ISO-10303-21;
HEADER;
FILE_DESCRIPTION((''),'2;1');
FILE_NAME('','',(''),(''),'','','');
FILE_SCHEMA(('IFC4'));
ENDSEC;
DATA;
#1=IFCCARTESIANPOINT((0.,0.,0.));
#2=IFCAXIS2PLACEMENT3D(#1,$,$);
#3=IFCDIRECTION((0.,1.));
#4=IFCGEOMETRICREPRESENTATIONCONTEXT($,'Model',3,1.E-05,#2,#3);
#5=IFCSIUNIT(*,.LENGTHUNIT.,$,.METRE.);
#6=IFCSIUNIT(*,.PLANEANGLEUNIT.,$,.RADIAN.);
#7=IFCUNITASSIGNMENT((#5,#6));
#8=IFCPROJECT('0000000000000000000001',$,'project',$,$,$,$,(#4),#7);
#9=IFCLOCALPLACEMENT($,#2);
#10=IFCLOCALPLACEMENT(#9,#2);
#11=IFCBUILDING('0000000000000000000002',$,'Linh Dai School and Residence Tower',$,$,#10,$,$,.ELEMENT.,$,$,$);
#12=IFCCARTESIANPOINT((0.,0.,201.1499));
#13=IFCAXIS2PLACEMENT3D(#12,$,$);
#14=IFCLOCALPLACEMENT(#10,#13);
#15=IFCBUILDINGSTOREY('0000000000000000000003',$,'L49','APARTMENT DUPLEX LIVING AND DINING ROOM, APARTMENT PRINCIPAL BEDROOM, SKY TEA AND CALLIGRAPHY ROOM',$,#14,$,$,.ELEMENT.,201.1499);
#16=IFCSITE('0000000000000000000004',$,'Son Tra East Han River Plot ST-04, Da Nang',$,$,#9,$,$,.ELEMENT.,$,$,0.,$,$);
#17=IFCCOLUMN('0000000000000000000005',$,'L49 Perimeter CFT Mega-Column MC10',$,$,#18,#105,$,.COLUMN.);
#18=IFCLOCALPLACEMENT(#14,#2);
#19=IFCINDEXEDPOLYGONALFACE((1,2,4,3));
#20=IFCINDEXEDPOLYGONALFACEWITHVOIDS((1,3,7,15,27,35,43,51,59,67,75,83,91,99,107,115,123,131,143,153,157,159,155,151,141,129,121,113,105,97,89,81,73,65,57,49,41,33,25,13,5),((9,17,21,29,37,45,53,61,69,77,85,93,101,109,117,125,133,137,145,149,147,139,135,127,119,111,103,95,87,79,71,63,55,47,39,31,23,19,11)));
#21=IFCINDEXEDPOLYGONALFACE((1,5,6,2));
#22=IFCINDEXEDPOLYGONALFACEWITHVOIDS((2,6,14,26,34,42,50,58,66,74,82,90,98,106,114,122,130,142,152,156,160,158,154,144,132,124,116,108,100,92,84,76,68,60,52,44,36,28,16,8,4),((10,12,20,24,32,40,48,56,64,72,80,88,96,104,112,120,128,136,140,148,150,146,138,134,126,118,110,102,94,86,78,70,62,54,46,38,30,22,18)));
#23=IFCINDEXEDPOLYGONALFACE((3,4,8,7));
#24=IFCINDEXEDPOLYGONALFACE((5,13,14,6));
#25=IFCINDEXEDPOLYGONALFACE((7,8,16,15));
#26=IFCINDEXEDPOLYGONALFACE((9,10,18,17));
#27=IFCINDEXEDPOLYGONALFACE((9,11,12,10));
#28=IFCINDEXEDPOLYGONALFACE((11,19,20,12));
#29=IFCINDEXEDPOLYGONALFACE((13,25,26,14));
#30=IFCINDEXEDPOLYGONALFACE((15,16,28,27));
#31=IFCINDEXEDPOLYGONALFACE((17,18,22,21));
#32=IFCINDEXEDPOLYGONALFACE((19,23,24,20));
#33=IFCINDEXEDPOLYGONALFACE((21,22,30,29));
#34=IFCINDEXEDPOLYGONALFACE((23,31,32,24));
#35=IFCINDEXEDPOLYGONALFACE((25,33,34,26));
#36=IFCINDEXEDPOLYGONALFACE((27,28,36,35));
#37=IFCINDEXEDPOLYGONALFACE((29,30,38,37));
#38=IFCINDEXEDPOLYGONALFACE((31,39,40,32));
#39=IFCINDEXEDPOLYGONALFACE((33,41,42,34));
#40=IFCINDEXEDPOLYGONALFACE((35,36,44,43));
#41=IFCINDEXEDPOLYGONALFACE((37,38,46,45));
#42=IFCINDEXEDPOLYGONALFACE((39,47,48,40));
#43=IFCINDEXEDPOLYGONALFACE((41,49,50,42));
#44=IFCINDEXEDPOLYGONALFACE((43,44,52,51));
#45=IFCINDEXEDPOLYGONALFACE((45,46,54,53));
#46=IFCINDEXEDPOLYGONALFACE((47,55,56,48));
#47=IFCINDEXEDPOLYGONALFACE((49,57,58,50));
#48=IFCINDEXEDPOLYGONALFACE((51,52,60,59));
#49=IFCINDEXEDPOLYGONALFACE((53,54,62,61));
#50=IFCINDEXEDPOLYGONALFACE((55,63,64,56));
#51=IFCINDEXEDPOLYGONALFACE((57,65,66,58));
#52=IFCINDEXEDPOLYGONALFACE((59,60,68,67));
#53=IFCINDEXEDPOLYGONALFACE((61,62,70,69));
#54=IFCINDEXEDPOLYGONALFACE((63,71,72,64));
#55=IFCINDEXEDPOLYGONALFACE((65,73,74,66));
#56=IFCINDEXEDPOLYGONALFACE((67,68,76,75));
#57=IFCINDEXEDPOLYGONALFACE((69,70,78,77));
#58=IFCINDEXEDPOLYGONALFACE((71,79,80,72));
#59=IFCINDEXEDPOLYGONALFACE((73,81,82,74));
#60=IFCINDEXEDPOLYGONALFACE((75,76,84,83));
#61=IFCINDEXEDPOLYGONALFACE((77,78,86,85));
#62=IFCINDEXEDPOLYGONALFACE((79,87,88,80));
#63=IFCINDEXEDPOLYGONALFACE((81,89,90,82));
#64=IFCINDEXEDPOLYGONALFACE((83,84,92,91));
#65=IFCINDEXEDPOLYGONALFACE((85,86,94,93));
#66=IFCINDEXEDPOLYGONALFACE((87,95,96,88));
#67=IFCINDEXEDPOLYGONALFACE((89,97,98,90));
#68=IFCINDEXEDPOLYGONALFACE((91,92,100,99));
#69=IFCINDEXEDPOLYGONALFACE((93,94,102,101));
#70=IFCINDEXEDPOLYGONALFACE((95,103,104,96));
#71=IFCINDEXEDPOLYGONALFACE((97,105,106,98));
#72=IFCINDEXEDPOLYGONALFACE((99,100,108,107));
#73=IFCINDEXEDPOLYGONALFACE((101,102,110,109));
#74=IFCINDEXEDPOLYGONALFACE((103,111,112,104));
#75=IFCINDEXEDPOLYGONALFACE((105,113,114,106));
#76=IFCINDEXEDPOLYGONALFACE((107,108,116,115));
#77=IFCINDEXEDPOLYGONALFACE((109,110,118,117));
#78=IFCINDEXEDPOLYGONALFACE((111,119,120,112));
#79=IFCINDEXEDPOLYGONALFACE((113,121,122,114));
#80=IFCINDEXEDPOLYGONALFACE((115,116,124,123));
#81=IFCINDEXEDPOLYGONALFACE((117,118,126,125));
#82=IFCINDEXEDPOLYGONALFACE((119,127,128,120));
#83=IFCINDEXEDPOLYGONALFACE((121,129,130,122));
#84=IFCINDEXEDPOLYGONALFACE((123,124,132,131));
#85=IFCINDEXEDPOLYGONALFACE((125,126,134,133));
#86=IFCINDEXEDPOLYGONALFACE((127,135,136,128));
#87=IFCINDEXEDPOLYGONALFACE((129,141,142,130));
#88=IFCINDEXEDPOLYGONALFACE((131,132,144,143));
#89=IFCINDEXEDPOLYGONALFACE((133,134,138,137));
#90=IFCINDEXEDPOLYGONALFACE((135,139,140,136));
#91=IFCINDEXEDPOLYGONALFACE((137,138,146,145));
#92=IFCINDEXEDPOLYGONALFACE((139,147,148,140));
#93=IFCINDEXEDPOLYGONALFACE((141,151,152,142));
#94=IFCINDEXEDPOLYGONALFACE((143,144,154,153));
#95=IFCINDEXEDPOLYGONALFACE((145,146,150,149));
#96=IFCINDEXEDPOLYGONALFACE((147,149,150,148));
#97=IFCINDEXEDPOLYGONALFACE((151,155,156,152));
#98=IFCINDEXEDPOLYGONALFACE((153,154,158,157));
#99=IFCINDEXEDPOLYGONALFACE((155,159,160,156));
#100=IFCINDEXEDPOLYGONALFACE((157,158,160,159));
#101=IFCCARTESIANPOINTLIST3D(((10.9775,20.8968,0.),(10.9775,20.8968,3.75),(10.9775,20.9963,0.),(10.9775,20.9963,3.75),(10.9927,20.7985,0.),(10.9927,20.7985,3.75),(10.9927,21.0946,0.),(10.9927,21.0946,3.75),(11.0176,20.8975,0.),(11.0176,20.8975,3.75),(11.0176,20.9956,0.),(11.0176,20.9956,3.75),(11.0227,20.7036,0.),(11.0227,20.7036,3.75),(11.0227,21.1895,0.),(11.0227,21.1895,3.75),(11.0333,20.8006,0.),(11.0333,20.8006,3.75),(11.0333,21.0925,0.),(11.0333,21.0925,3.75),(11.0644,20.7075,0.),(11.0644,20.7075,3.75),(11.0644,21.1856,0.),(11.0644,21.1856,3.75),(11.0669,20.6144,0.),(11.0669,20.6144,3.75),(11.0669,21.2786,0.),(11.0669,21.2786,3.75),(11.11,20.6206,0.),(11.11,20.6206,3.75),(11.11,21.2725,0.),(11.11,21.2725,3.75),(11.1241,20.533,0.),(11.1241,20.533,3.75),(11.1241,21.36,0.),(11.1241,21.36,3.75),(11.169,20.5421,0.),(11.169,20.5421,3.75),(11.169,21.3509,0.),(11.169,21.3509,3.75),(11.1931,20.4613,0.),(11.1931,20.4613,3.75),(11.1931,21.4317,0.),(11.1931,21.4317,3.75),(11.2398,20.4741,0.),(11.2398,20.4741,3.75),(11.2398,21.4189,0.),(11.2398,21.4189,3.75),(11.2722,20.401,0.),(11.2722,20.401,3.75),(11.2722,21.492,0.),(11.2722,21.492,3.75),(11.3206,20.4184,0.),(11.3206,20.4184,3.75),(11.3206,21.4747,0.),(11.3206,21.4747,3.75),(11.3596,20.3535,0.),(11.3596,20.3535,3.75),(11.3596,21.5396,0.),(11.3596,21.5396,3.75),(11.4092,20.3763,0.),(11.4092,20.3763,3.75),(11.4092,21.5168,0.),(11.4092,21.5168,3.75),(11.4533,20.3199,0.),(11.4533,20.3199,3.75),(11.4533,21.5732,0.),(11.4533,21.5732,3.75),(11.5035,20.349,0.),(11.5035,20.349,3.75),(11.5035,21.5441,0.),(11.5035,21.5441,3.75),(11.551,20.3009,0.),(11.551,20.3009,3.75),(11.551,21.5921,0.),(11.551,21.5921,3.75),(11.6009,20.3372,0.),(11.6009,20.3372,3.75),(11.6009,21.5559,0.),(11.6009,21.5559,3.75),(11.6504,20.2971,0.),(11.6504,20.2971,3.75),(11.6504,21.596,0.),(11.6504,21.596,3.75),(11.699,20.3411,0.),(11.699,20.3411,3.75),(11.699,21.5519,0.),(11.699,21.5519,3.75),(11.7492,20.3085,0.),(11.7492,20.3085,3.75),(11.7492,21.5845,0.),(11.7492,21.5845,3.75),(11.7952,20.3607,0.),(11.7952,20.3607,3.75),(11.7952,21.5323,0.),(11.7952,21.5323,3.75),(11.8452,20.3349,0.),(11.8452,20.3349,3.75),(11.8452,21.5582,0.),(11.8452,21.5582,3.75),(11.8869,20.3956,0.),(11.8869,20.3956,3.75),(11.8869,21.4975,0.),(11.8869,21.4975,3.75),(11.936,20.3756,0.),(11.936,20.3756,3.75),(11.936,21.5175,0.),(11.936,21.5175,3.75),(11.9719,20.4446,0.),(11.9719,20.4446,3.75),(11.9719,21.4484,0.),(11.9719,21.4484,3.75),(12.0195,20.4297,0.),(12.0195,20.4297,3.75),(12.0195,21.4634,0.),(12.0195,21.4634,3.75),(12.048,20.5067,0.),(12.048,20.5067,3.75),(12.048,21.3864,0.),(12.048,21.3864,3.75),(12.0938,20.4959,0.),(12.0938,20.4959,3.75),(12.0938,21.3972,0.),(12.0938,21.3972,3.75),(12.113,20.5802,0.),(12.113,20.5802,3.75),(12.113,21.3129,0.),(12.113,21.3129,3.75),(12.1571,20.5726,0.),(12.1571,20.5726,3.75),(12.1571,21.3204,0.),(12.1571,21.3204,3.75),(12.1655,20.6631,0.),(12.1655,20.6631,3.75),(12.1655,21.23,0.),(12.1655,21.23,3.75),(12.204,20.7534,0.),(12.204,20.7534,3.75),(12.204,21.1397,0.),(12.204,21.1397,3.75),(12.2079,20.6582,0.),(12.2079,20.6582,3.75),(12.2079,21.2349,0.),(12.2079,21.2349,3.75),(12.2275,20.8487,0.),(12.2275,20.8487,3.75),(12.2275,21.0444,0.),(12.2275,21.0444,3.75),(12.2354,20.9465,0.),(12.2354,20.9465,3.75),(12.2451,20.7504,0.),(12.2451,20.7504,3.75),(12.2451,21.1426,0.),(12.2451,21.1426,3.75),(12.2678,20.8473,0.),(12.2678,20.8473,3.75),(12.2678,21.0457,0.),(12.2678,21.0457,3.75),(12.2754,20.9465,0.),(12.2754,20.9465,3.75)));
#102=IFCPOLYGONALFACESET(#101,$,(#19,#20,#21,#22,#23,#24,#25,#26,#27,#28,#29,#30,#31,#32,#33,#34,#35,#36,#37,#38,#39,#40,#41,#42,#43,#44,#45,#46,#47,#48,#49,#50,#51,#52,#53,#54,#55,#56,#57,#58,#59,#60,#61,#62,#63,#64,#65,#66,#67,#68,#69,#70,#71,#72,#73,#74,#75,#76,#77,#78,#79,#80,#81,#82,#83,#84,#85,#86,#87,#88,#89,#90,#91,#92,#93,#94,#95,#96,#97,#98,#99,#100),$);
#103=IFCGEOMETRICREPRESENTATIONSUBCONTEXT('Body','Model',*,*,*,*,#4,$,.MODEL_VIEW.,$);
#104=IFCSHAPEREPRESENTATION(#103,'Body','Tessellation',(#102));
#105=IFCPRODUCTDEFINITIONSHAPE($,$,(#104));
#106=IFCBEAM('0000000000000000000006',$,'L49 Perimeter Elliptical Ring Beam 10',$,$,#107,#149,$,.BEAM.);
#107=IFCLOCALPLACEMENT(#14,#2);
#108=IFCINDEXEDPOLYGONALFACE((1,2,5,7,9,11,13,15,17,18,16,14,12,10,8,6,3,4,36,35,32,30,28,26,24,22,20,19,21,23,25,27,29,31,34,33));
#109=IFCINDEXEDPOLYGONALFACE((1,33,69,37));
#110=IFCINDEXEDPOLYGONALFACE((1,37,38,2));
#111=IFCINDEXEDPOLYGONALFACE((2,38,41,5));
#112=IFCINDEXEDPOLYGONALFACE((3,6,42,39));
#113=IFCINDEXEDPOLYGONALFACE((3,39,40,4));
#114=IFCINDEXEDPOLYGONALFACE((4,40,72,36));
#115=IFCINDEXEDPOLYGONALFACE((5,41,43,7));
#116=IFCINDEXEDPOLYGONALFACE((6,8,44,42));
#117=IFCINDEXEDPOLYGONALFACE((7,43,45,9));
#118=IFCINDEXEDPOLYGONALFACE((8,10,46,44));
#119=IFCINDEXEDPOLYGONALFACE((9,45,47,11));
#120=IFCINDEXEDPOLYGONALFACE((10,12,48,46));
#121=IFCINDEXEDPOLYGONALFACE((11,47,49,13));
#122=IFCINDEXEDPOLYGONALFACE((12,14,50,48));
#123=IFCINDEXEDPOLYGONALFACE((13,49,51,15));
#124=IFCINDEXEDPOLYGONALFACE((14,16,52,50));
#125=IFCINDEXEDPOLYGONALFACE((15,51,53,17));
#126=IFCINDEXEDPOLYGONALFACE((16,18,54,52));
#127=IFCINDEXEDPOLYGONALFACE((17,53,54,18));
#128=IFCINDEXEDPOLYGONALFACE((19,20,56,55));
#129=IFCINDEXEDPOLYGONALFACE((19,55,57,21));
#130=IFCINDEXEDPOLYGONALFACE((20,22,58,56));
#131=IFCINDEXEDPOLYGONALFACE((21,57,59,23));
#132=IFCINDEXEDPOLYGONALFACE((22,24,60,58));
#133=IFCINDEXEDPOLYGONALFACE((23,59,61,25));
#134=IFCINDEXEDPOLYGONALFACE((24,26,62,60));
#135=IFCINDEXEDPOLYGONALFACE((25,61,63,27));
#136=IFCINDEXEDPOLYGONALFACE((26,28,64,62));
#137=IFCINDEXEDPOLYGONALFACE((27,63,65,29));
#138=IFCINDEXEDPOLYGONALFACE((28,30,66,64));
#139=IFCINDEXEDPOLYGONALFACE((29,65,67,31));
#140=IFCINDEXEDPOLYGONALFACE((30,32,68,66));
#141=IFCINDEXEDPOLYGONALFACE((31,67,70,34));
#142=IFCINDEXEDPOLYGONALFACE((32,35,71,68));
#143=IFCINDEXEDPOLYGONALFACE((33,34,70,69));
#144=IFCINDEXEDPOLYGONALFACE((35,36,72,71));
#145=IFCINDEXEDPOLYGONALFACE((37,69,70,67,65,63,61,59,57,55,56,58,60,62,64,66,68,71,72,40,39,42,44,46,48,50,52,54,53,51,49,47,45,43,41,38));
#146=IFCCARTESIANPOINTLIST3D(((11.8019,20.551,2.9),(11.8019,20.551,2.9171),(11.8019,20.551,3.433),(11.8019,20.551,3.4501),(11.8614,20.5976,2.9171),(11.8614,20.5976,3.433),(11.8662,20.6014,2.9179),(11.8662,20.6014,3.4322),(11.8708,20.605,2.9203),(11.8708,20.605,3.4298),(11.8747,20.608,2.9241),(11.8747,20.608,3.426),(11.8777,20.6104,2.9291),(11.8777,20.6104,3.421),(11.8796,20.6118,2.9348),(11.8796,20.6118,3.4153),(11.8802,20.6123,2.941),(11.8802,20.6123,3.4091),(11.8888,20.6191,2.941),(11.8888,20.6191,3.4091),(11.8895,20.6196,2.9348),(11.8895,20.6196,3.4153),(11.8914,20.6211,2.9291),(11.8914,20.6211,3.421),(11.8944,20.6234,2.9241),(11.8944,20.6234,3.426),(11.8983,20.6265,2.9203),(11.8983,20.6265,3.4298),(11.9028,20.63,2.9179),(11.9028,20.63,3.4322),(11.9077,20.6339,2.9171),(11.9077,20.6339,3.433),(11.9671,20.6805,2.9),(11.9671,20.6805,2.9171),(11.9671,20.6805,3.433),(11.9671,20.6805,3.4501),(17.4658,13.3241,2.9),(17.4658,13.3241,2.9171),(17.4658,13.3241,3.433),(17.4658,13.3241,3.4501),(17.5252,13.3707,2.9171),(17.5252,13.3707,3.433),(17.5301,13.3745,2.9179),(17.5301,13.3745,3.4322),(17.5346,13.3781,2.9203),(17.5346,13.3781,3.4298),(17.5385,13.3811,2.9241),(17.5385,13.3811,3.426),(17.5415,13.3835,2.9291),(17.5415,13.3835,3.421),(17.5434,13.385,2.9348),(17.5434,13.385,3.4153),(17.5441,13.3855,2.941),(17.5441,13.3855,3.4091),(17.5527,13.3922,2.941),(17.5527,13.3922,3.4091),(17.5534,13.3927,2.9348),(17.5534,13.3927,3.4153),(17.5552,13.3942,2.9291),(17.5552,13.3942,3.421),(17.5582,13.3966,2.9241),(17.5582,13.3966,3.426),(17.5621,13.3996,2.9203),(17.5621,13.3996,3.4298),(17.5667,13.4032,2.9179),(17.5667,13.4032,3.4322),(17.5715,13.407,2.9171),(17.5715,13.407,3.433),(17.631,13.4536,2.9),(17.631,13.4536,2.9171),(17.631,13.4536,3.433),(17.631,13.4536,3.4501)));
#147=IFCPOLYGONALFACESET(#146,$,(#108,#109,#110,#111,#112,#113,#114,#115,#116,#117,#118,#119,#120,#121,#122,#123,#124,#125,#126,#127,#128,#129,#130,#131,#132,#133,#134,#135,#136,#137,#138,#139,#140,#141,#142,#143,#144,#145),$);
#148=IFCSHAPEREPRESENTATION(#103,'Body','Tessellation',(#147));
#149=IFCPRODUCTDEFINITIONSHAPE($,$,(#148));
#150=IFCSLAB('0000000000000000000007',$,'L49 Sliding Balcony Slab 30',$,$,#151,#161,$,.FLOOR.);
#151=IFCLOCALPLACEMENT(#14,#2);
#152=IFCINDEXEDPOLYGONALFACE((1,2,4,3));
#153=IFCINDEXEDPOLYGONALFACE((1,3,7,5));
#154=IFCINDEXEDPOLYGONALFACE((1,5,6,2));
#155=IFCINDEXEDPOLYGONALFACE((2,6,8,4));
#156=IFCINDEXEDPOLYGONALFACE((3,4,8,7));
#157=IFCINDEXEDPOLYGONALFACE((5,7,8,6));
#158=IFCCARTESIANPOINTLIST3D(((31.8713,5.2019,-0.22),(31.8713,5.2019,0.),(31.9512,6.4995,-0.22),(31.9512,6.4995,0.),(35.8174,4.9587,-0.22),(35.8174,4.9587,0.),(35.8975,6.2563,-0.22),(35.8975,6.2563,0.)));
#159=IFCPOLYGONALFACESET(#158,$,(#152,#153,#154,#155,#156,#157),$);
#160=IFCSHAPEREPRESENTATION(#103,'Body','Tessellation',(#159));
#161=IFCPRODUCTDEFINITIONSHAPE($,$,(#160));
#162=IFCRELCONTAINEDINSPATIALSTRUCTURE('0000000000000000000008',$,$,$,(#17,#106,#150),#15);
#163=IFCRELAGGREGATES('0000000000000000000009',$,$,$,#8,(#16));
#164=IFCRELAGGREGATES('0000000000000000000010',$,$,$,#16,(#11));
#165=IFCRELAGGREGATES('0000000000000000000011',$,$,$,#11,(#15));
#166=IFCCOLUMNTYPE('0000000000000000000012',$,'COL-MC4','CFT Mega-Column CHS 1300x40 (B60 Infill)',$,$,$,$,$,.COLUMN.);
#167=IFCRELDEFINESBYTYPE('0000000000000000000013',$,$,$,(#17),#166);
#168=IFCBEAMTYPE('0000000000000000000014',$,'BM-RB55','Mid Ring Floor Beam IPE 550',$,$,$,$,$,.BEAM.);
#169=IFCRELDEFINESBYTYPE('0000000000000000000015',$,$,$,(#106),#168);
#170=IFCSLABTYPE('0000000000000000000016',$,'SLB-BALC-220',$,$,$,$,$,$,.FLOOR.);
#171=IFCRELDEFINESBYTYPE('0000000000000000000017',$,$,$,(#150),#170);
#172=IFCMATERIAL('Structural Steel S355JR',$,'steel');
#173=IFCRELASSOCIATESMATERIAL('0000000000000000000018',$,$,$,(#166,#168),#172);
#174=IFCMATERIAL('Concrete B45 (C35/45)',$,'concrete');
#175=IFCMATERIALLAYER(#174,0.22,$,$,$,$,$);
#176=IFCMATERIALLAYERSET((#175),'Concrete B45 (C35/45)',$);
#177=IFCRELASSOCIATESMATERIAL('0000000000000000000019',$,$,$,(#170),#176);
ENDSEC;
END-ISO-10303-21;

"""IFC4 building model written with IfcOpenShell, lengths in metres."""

from ifc_helpers import new_model, si_unit, direction, frame, origin, origin_2d, place, context, subcontext, project, spatial, polyline, hollow_circle, i_section, outline, extrude, material, layer, layer_set, material_profile, profile_set, type_object, element, save


model = new_model("IFC4")

# Units and contexts
model_context = context("Model", 3, precision=1e-05, world=origin(), true_north=direction((0.0, 1.0)))
body_context = subcontext(model_context, "Body", "Model", "MODEL_VIEW")
ifc_project = project(units=[si_unit("LENGTHUNIT", "METRE"), si_unit("PLANEANGLEUNIT", "RADIAN")], contexts=[model_context])

# Site, building, storey
site_placement = place(None, origin())
site = spatial("IfcSite", under=ifc_project, at=site_placement, Name="Son Tra East Han River Plot ST-04, Da Nang", CompositionType="ELEMENT", RefElevation=0.0)
building_placement = place(site_placement, origin())
building = spatial("IfcBuilding", under=site, at=building_placement, Name="Linh Dai School and Residence Tower", CompositionType="ELEMENT")
storey_placement = place(building_placement, frame((0.0, 0.0, 201.1499)))
storey = spatial("IfcBuildingStorey", under=building, at=storey_placement, Name="L49", Description="APARTMENT DUPLEX LIVING AND DINING ROOM, APARTMENT PRINCIPAL BEDROOM, SKY TEA AND CALLIGRAPHY ROOM", CompositionType="ELEMENT", Elevation=201.1499)

# Column
ifc_material_1 = material(Name="Structural Steel S355JR", Category="steel")
ifc_material_profile_1 = material_profile(ifc_material_1, hollow_circle(Radius=0.6499, WallThickness=0.04, at=origin_2d()), Name="CHS 1300x40")
ifc_profile_set_1 = profile_set([ifc_material_profile_1], Name="Structural Steel S355JR")
column_type = type_object("IfcColumnType", Name="COL-MC4", Description="CFT Mega-Column CHS 1300x40 (B60 Infill)", PredefinedType="COLUMN", material=ifc_profile_set_1)
column_placement = place(storey_placement, frame((11.6255, 20.9465, 0.0), z_axis=(0.0, 0.0, 1.0), x_axis=(1.0, 0.0, 0.0)))
element("IfcColumn", 1, at=column_placement, inside=storey, type_object=column_type, Name="L49 Perimeter CFT Mega-Column MC10", PredefinedType="COLUMN", context=body_context, shape_type="SweptSolid", body=[
    extrude(hollow_circle(Radius=0.6499, WallThickness=0.04, at=origin_2d()), origin(), (0.0, 0.0, 1.0), 3.75),
])

# Beam
ifc_material_profile_2 = material_profile(ifc_material_1, i_section(OverallWidth=0.21, OverallDepth=0.55, WebThickness=0.011, FlangeThickness=0.0171, FilletRadius=0.0239, at=origin_2d()), Name="IPE 550")
ifc_profile_set_2 = profile_set([ifc_material_profile_2], Name="Structural Steel S355JR")
beam_type = type_object("IfcBeamType", Name="BM-RB55", Description="Mid Ring Floor Beam IPE 550", PredefinedType="BEAM", material=ifc_profile_set_2)
beam_placement = place(storey_placement, frame((11.8845, 20.6157, 3.175), z_axis=(0.616852, -0.787079, 0.0), x_axis=(0.787079, 0.616852, 0.0)))
element("IfcBeam", 2, at=beam_placement, inside=storey, type_object=beam_type, Name="L49 Perimeter Elliptical Ring Beam 10", PredefinedType="BEAM", context=body_context, shape_type="SweptSolid", body=[
    extrude(i_section(OverallWidth=0.21, OverallDepth=0.55, WebThickness=0.011, FlangeThickness=0.0171, FilletRadius=0.0239, at=origin_2d()), origin(), (0.0, 0.0, 1.0), 9.1819),
])

# Slab
ifc_material_2 = material(Name="Concrete B45 (C35/45)", Category="concrete")
ifc_layer_1 = layer(ifc_material_2, 0.22)
ifc_layer_set_1 = layer_set([ifc_layer_1], Name="Concrete B45 (C35/45)")
slab_type_1 = type_object("IfcSlabType", Name="SLB-BALC-220", PredefinedType="FLOOR", material=ifc_layer_set_1)
slab_1_placement = place(storey_placement, frame((0.0, 0.0, -0.22)))
element("IfcSlab", 3, at=slab_1_placement, inside=storey, type_object=slab_type_1, Name="L49 Sliding Balcony Slab 30", PredefinedType="FLOOR", context=body_context, shape_type="SweptSolid", body=[
    extrude(outline(polyline([(35.8975, 6.2563), (31.9512, 6.4995), (31.8713, 5.2019), (35.8174, 4.9587), (35.8975, 6.2563)])), origin(), (0.0, 0.0, 1.0), 0.22),
])

save(model, "model.ifc")
